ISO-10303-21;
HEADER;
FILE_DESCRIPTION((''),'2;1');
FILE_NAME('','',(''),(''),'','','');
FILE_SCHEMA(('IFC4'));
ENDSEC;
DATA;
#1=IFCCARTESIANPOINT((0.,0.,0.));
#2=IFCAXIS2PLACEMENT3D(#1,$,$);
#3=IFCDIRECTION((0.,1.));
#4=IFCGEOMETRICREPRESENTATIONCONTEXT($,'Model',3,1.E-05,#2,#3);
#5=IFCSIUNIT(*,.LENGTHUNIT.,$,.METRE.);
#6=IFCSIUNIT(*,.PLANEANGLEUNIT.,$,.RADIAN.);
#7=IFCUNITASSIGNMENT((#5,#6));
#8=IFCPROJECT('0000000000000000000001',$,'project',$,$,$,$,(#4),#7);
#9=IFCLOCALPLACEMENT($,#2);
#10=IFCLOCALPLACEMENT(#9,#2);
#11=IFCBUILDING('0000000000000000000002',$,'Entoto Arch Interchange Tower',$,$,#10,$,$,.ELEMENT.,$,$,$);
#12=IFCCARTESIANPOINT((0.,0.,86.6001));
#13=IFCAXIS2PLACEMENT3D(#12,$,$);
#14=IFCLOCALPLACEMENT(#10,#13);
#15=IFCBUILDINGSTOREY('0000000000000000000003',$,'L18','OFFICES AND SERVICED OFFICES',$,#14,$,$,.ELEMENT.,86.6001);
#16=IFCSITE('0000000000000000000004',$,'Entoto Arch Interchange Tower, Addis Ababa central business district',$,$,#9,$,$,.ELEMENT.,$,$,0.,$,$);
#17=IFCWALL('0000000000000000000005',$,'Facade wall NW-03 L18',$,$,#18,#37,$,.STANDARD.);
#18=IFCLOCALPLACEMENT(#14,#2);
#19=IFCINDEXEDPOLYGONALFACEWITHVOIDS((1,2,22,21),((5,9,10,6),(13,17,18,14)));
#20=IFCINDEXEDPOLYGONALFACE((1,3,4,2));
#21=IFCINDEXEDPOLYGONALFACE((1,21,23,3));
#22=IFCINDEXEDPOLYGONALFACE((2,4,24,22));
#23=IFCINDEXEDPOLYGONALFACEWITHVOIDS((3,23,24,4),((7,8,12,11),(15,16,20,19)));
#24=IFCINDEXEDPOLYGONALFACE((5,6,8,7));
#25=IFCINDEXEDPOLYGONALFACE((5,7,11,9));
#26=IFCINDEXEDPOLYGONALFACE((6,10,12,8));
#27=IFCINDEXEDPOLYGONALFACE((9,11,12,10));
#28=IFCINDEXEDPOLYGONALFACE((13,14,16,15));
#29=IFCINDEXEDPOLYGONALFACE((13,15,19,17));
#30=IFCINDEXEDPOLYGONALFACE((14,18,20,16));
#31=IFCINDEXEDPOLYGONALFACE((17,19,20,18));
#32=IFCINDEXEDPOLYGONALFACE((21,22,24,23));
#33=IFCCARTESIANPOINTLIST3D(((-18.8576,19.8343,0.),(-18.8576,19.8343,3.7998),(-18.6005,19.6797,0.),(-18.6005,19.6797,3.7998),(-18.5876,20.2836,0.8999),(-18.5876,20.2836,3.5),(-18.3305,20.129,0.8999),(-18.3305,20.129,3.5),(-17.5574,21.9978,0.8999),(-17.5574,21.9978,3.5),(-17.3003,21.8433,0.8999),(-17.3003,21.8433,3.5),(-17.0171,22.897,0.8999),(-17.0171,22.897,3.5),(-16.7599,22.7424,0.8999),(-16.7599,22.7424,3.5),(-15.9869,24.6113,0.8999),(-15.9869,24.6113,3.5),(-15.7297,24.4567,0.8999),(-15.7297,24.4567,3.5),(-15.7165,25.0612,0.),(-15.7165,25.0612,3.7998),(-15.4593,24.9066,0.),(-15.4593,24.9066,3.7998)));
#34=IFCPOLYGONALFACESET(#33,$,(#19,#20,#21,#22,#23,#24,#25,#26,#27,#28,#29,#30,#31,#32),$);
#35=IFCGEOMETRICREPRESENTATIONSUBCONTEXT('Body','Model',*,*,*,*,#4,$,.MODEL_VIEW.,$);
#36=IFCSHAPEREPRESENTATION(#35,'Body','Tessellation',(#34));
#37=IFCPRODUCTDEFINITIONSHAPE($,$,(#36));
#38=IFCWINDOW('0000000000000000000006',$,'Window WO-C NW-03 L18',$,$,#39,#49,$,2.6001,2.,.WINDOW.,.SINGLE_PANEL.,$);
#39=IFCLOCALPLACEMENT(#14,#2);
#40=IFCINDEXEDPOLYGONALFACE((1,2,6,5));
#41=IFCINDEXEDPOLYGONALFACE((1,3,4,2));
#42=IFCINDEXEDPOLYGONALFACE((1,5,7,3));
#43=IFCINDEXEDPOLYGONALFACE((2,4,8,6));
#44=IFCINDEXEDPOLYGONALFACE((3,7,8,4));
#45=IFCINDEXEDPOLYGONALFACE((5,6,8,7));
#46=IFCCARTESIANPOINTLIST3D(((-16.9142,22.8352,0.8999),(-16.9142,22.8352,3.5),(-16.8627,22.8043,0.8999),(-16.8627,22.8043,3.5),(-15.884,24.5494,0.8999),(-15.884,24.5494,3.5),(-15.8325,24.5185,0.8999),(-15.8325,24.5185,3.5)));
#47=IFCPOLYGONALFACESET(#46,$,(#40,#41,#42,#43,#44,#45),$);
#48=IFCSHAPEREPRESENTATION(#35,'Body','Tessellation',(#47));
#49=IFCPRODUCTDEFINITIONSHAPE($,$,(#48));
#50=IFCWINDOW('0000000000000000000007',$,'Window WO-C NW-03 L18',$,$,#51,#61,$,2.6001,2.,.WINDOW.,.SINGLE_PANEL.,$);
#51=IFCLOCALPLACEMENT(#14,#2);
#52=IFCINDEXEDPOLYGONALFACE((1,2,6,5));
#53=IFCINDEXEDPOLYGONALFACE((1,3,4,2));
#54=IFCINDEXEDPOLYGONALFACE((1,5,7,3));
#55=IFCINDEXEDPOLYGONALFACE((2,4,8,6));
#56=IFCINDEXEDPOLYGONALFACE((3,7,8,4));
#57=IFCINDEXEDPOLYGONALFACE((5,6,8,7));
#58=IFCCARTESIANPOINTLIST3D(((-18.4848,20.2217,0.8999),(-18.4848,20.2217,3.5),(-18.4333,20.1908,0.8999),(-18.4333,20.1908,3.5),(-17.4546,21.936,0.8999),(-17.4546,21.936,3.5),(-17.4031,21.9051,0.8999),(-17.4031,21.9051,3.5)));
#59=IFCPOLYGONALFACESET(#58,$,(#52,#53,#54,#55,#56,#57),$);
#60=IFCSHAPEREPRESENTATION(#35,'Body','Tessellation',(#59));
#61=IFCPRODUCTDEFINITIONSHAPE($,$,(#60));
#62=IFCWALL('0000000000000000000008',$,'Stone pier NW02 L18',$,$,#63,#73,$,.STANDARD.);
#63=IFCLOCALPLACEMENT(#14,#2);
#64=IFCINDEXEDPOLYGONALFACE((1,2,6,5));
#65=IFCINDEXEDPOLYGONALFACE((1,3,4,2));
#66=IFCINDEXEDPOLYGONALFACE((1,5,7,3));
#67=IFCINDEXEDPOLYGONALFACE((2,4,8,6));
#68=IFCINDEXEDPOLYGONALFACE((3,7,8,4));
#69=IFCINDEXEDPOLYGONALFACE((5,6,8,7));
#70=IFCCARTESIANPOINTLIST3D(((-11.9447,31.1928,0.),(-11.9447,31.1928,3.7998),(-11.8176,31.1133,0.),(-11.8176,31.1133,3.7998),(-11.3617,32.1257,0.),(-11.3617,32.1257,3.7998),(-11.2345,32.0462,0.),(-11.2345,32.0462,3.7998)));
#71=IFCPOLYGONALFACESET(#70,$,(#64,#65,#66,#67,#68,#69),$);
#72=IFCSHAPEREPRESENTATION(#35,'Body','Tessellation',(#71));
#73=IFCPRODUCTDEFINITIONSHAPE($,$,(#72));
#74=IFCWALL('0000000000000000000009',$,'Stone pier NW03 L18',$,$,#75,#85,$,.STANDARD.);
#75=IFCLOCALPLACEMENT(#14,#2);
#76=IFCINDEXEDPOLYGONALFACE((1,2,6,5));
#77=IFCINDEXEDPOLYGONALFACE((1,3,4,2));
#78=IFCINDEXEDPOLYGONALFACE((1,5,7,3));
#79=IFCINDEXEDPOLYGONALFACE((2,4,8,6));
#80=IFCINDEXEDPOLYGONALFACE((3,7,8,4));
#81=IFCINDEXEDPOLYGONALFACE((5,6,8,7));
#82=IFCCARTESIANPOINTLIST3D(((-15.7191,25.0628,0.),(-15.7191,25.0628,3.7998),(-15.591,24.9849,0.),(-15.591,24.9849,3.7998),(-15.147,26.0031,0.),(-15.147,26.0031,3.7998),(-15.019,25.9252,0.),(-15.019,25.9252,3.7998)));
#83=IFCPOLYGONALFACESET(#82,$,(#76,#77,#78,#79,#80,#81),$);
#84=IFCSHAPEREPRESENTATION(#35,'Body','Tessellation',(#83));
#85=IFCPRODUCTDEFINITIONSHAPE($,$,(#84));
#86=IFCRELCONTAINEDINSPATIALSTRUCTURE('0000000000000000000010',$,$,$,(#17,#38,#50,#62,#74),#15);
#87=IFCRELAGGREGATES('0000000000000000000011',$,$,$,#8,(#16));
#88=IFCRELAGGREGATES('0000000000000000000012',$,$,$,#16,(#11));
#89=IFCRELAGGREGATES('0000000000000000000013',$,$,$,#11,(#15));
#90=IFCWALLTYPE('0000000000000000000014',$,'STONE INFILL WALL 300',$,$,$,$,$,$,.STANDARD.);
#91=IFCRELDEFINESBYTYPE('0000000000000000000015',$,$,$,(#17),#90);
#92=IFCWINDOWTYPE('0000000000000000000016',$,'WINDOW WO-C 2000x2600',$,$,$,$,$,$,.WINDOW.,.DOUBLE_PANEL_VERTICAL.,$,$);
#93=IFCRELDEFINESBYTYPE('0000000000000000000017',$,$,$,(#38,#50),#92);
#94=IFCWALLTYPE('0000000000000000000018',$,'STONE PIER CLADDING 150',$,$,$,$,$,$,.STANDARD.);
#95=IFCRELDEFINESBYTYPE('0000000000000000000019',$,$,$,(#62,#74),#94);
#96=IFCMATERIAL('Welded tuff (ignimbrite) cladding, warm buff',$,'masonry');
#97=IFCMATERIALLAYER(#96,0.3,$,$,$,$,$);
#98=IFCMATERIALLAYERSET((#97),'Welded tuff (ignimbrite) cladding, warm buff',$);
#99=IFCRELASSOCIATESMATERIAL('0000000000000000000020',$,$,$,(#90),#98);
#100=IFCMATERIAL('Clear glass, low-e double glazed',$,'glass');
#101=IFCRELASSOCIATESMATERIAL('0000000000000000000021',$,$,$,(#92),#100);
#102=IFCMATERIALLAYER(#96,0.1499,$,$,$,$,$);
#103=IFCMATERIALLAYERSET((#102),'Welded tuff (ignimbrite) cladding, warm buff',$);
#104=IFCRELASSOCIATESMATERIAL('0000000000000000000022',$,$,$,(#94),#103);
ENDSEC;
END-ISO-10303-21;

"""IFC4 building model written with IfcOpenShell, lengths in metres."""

from ifc_helpers import new_model, si_unit, direction, frame, frame_2d, origin, place, context, subcontext, project, spatial, rectangle, extrude, material, layer, layer_set, type_object, element, fill, save


model = new_model("IFC4")

# Units and contexts
model_context = context("Model", 3, precision=1e-05, world=origin(), true_north=direction((0.0, 1.0)))
body_context = subcontext(model_context, "Body", "Model", "MODEL_VIEW")
ifc_project = project(units=[si_unit("LENGTHUNIT", "METRE"), si_unit("PLANEANGLEUNIT", "RADIAN")], contexts=[model_context])

# Site, building, storey
site_placement = place(None, origin())
site = spatial("IfcSite", under=ifc_project, at=site_placement, Name="Entoto Arch Interchange Tower, Addis Ababa central business district", CompositionType="ELEMENT", RefElevation=0.0)
building_placement = place(site_placement, origin())
building = spatial("IfcBuilding", under=site, at=building_placement, Name="Entoto Arch Interchange Tower", CompositionType="ELEMENT")
storey_placement = place(building_placement, frame((0.0, 0.0, 86.6001)))
storey = spatial("IfcBuildingStorey", under=building, at=storey_placement, Name="L18", Description="OFFICES AND SERVICED OFFICES", CompositionType="ELEMENT", Elevation=86.6001)

# Shared definitions
ifc_material_1 = material(Name="Welded tuff (ignimbrite) cladding, warm buff", Category="masonry")
ifc_layer_1 = layer(ifc_material_1, 0.3)
ifc_layer_set_1 = layer_set([ifc_layer_1], Name="Welded tuff (ignimbrite) cladding, warm buff")
wall_type_1 = type_object("IfcWallType", Name="STONE INFILL WALL 300", PredefinedType="STANDARD", material=ifc_layer_set_1)
ifc_material_2 = material(Name="Clear glass, low-e double glazed", Category="glass")
window_type = type_object("IfcWindowType", Name="WINDOW WO-C 2000x2600", PartitioningType="DOUBLE_PANEL_VERTICAL", PredefinedType="WINDOW", material=ifc_material_2)

# Wall, openings, windows
wall_1_placement = place(storey_placement, frame((-15.5879, 24.9839, 0.0), z_axis=(0.0, 0.0, 1.0), x_axis=(-0.515102, -0.857129, 0.0)))
wall_1 = element("IfcWall", 1, at=wall_1_placement, inside=storey, type_object=wall_type_1, Name="Facade wall NW-03 L18", PredefinedType="STANDARD", context=body_context, shape_type="SweptSolid", body=[
    extrude(rectangle(XDim=6.0981, YDim=0.3, at=frame_2d((3.0491, 0.0))), origin(), (0.0, 0.0, 1.0), 3.7998),
])
opening_1_placement = place(wall_1_placement, frame((0.5249, 0.0, 0.8999)))
opening_1 = element("IfcOpeningElement", 2, at=opening_1_placement, cuts=wall_1, PredefinedType="OPENING", context=body_context, shape_type="SweptSolid", body=[
    extrude(rectangle(XDim=2.0, YDim=2.6001, at=frame_2d((1.0, 1.3))), frame((0.0, 0.1602, 0.0), z_axis=(0.0, -1.0, 0.0), x_axis=(1.0, 0.0, 0.0)), (0.0, 0.0, 1.0), 0.3201),
])
opening_2_placement = place(wall_1_placement, frame((3.574, 0.0, 0.8999)))
opening_2 = element("IfcOpeningElement", 3, at=opening_2_placement, cuts=wall_1, PredefinedType="OPENING", context=body_context, shape_type="SweptSolid", body=[
    extrude(rectangle(XDim=2.0, YDim=2.6001, at=frame_2d((1.0, 1.3))), frame((0.0, 0.1602, 0.0), z_axis=(0.0, -1.0, 0.0), x_axis=(1.0, 0.0, 0.0)), (0.0, 0.0, 1.0), 0.3201),
])
window_1_placement = place(opening_1_placement, origin())
window_1 = element("IfcWindow", 4, at=window_1_placement, inside=storey, type_object=window_type, Name="Window WO-C NW-03 L18", OverallHeight=2.6001, OverallWidth=2.0, PartitioningType="SINGLE_PANEL", PredefinedType="WINDOW", context=body_context, shape_type="SweptSolid", body=[
    extrude(rectangle(XDim=2.0, YDim=2.6001, at=frame_2d((1.0, 1.3))), frame((0.0, 0.03, 0.0), z_axis=(0.0, -1.0, 0.0), x_axis=(1.0, 0.0, 0.0)), (0.0, 0.0, 1.0), 0.0601),
])
fill(opening_1, window_1)
window_2_placement = place(opening_2_placement, origin())
window_2 = element("IfcWindow", 5, at=window_2_placement, inside=storey, type_object=window_type, Name="Window WO-C NW-03 L18", OverallHeight=2.6001, OverallWidth=2.0, PartitioningType="SINGLE_PANEL", PredefinedType="WINDOW", context=body_context, shape_type="SweptSolid", body=[
    extrude(rectangle(XDim=2.0, YDim=2.6001, at=frame_2d((1.0, 1.3))), frame((0.0, 0.03, 0.0), z_axis=(0.0, -1.0, 0.0), x_axis=(1.0, 0.0, 0.0)), (0.0, 0.0, 1.0), 0.0601),
])
fill(opening_2, window_2)

# Walls
ifc_layer_2 = layer(ifc_material_1, 0.1499)
ifc_layer_set_2 = layer_set([ifc_layer_2], Name="Welded tuff (ignimbrite) cladding, warm buff")
wall_type_2 = type_object("IfcWallType", Name="STONE PIER CLADDING 150", PredefinedType="STANDARD", material=ifc_layer_set_2)
wall_2_placement = place(storey_placement, frame((-11.2981, 32.0859, 0.0), z_axis=(0.0, 0.0, 1.0), x_axis=(-0.529979, -0.848011, 0.0)))
element("IfcWall", 6, at=wall_2_placement, inside=storey, type_object=wall_type_2, Name="Stone pier NW02 L18", PredefinedType="STANDARD", context=body_context, shape_type="SweptSolid", body=[
    extrude(rectangle(XDim=1.1001, YDim=0.1499, at=frame_2d((0.55, 0.0))), origin(), (0.0, 0.0, 1.0), 3.7998),
])
wall_3_placement = place(storey_placement, frame((-15.083, 25.9641, 0.0), z_axis=(0.0, 0.0, 1.0), x_axis=(-0.519771, -0.854306, 0.0)))
element("IfcWall", 7, at=wall_3_placement, inside=storey, type_object=wall_type_2, Name="Stone pier NW03 L18", PredefinedType="STANDARD", context=body_context, shape_type="SweptSolid", body=[
    extrude(rectangle(XDim=1.1006, YDim=0.1499, at=frame_2d((0.5503, 0.0))), origin(), (0.0, 0.0, 1.0), 3.7998),
])

save(model, "model.ifc")
